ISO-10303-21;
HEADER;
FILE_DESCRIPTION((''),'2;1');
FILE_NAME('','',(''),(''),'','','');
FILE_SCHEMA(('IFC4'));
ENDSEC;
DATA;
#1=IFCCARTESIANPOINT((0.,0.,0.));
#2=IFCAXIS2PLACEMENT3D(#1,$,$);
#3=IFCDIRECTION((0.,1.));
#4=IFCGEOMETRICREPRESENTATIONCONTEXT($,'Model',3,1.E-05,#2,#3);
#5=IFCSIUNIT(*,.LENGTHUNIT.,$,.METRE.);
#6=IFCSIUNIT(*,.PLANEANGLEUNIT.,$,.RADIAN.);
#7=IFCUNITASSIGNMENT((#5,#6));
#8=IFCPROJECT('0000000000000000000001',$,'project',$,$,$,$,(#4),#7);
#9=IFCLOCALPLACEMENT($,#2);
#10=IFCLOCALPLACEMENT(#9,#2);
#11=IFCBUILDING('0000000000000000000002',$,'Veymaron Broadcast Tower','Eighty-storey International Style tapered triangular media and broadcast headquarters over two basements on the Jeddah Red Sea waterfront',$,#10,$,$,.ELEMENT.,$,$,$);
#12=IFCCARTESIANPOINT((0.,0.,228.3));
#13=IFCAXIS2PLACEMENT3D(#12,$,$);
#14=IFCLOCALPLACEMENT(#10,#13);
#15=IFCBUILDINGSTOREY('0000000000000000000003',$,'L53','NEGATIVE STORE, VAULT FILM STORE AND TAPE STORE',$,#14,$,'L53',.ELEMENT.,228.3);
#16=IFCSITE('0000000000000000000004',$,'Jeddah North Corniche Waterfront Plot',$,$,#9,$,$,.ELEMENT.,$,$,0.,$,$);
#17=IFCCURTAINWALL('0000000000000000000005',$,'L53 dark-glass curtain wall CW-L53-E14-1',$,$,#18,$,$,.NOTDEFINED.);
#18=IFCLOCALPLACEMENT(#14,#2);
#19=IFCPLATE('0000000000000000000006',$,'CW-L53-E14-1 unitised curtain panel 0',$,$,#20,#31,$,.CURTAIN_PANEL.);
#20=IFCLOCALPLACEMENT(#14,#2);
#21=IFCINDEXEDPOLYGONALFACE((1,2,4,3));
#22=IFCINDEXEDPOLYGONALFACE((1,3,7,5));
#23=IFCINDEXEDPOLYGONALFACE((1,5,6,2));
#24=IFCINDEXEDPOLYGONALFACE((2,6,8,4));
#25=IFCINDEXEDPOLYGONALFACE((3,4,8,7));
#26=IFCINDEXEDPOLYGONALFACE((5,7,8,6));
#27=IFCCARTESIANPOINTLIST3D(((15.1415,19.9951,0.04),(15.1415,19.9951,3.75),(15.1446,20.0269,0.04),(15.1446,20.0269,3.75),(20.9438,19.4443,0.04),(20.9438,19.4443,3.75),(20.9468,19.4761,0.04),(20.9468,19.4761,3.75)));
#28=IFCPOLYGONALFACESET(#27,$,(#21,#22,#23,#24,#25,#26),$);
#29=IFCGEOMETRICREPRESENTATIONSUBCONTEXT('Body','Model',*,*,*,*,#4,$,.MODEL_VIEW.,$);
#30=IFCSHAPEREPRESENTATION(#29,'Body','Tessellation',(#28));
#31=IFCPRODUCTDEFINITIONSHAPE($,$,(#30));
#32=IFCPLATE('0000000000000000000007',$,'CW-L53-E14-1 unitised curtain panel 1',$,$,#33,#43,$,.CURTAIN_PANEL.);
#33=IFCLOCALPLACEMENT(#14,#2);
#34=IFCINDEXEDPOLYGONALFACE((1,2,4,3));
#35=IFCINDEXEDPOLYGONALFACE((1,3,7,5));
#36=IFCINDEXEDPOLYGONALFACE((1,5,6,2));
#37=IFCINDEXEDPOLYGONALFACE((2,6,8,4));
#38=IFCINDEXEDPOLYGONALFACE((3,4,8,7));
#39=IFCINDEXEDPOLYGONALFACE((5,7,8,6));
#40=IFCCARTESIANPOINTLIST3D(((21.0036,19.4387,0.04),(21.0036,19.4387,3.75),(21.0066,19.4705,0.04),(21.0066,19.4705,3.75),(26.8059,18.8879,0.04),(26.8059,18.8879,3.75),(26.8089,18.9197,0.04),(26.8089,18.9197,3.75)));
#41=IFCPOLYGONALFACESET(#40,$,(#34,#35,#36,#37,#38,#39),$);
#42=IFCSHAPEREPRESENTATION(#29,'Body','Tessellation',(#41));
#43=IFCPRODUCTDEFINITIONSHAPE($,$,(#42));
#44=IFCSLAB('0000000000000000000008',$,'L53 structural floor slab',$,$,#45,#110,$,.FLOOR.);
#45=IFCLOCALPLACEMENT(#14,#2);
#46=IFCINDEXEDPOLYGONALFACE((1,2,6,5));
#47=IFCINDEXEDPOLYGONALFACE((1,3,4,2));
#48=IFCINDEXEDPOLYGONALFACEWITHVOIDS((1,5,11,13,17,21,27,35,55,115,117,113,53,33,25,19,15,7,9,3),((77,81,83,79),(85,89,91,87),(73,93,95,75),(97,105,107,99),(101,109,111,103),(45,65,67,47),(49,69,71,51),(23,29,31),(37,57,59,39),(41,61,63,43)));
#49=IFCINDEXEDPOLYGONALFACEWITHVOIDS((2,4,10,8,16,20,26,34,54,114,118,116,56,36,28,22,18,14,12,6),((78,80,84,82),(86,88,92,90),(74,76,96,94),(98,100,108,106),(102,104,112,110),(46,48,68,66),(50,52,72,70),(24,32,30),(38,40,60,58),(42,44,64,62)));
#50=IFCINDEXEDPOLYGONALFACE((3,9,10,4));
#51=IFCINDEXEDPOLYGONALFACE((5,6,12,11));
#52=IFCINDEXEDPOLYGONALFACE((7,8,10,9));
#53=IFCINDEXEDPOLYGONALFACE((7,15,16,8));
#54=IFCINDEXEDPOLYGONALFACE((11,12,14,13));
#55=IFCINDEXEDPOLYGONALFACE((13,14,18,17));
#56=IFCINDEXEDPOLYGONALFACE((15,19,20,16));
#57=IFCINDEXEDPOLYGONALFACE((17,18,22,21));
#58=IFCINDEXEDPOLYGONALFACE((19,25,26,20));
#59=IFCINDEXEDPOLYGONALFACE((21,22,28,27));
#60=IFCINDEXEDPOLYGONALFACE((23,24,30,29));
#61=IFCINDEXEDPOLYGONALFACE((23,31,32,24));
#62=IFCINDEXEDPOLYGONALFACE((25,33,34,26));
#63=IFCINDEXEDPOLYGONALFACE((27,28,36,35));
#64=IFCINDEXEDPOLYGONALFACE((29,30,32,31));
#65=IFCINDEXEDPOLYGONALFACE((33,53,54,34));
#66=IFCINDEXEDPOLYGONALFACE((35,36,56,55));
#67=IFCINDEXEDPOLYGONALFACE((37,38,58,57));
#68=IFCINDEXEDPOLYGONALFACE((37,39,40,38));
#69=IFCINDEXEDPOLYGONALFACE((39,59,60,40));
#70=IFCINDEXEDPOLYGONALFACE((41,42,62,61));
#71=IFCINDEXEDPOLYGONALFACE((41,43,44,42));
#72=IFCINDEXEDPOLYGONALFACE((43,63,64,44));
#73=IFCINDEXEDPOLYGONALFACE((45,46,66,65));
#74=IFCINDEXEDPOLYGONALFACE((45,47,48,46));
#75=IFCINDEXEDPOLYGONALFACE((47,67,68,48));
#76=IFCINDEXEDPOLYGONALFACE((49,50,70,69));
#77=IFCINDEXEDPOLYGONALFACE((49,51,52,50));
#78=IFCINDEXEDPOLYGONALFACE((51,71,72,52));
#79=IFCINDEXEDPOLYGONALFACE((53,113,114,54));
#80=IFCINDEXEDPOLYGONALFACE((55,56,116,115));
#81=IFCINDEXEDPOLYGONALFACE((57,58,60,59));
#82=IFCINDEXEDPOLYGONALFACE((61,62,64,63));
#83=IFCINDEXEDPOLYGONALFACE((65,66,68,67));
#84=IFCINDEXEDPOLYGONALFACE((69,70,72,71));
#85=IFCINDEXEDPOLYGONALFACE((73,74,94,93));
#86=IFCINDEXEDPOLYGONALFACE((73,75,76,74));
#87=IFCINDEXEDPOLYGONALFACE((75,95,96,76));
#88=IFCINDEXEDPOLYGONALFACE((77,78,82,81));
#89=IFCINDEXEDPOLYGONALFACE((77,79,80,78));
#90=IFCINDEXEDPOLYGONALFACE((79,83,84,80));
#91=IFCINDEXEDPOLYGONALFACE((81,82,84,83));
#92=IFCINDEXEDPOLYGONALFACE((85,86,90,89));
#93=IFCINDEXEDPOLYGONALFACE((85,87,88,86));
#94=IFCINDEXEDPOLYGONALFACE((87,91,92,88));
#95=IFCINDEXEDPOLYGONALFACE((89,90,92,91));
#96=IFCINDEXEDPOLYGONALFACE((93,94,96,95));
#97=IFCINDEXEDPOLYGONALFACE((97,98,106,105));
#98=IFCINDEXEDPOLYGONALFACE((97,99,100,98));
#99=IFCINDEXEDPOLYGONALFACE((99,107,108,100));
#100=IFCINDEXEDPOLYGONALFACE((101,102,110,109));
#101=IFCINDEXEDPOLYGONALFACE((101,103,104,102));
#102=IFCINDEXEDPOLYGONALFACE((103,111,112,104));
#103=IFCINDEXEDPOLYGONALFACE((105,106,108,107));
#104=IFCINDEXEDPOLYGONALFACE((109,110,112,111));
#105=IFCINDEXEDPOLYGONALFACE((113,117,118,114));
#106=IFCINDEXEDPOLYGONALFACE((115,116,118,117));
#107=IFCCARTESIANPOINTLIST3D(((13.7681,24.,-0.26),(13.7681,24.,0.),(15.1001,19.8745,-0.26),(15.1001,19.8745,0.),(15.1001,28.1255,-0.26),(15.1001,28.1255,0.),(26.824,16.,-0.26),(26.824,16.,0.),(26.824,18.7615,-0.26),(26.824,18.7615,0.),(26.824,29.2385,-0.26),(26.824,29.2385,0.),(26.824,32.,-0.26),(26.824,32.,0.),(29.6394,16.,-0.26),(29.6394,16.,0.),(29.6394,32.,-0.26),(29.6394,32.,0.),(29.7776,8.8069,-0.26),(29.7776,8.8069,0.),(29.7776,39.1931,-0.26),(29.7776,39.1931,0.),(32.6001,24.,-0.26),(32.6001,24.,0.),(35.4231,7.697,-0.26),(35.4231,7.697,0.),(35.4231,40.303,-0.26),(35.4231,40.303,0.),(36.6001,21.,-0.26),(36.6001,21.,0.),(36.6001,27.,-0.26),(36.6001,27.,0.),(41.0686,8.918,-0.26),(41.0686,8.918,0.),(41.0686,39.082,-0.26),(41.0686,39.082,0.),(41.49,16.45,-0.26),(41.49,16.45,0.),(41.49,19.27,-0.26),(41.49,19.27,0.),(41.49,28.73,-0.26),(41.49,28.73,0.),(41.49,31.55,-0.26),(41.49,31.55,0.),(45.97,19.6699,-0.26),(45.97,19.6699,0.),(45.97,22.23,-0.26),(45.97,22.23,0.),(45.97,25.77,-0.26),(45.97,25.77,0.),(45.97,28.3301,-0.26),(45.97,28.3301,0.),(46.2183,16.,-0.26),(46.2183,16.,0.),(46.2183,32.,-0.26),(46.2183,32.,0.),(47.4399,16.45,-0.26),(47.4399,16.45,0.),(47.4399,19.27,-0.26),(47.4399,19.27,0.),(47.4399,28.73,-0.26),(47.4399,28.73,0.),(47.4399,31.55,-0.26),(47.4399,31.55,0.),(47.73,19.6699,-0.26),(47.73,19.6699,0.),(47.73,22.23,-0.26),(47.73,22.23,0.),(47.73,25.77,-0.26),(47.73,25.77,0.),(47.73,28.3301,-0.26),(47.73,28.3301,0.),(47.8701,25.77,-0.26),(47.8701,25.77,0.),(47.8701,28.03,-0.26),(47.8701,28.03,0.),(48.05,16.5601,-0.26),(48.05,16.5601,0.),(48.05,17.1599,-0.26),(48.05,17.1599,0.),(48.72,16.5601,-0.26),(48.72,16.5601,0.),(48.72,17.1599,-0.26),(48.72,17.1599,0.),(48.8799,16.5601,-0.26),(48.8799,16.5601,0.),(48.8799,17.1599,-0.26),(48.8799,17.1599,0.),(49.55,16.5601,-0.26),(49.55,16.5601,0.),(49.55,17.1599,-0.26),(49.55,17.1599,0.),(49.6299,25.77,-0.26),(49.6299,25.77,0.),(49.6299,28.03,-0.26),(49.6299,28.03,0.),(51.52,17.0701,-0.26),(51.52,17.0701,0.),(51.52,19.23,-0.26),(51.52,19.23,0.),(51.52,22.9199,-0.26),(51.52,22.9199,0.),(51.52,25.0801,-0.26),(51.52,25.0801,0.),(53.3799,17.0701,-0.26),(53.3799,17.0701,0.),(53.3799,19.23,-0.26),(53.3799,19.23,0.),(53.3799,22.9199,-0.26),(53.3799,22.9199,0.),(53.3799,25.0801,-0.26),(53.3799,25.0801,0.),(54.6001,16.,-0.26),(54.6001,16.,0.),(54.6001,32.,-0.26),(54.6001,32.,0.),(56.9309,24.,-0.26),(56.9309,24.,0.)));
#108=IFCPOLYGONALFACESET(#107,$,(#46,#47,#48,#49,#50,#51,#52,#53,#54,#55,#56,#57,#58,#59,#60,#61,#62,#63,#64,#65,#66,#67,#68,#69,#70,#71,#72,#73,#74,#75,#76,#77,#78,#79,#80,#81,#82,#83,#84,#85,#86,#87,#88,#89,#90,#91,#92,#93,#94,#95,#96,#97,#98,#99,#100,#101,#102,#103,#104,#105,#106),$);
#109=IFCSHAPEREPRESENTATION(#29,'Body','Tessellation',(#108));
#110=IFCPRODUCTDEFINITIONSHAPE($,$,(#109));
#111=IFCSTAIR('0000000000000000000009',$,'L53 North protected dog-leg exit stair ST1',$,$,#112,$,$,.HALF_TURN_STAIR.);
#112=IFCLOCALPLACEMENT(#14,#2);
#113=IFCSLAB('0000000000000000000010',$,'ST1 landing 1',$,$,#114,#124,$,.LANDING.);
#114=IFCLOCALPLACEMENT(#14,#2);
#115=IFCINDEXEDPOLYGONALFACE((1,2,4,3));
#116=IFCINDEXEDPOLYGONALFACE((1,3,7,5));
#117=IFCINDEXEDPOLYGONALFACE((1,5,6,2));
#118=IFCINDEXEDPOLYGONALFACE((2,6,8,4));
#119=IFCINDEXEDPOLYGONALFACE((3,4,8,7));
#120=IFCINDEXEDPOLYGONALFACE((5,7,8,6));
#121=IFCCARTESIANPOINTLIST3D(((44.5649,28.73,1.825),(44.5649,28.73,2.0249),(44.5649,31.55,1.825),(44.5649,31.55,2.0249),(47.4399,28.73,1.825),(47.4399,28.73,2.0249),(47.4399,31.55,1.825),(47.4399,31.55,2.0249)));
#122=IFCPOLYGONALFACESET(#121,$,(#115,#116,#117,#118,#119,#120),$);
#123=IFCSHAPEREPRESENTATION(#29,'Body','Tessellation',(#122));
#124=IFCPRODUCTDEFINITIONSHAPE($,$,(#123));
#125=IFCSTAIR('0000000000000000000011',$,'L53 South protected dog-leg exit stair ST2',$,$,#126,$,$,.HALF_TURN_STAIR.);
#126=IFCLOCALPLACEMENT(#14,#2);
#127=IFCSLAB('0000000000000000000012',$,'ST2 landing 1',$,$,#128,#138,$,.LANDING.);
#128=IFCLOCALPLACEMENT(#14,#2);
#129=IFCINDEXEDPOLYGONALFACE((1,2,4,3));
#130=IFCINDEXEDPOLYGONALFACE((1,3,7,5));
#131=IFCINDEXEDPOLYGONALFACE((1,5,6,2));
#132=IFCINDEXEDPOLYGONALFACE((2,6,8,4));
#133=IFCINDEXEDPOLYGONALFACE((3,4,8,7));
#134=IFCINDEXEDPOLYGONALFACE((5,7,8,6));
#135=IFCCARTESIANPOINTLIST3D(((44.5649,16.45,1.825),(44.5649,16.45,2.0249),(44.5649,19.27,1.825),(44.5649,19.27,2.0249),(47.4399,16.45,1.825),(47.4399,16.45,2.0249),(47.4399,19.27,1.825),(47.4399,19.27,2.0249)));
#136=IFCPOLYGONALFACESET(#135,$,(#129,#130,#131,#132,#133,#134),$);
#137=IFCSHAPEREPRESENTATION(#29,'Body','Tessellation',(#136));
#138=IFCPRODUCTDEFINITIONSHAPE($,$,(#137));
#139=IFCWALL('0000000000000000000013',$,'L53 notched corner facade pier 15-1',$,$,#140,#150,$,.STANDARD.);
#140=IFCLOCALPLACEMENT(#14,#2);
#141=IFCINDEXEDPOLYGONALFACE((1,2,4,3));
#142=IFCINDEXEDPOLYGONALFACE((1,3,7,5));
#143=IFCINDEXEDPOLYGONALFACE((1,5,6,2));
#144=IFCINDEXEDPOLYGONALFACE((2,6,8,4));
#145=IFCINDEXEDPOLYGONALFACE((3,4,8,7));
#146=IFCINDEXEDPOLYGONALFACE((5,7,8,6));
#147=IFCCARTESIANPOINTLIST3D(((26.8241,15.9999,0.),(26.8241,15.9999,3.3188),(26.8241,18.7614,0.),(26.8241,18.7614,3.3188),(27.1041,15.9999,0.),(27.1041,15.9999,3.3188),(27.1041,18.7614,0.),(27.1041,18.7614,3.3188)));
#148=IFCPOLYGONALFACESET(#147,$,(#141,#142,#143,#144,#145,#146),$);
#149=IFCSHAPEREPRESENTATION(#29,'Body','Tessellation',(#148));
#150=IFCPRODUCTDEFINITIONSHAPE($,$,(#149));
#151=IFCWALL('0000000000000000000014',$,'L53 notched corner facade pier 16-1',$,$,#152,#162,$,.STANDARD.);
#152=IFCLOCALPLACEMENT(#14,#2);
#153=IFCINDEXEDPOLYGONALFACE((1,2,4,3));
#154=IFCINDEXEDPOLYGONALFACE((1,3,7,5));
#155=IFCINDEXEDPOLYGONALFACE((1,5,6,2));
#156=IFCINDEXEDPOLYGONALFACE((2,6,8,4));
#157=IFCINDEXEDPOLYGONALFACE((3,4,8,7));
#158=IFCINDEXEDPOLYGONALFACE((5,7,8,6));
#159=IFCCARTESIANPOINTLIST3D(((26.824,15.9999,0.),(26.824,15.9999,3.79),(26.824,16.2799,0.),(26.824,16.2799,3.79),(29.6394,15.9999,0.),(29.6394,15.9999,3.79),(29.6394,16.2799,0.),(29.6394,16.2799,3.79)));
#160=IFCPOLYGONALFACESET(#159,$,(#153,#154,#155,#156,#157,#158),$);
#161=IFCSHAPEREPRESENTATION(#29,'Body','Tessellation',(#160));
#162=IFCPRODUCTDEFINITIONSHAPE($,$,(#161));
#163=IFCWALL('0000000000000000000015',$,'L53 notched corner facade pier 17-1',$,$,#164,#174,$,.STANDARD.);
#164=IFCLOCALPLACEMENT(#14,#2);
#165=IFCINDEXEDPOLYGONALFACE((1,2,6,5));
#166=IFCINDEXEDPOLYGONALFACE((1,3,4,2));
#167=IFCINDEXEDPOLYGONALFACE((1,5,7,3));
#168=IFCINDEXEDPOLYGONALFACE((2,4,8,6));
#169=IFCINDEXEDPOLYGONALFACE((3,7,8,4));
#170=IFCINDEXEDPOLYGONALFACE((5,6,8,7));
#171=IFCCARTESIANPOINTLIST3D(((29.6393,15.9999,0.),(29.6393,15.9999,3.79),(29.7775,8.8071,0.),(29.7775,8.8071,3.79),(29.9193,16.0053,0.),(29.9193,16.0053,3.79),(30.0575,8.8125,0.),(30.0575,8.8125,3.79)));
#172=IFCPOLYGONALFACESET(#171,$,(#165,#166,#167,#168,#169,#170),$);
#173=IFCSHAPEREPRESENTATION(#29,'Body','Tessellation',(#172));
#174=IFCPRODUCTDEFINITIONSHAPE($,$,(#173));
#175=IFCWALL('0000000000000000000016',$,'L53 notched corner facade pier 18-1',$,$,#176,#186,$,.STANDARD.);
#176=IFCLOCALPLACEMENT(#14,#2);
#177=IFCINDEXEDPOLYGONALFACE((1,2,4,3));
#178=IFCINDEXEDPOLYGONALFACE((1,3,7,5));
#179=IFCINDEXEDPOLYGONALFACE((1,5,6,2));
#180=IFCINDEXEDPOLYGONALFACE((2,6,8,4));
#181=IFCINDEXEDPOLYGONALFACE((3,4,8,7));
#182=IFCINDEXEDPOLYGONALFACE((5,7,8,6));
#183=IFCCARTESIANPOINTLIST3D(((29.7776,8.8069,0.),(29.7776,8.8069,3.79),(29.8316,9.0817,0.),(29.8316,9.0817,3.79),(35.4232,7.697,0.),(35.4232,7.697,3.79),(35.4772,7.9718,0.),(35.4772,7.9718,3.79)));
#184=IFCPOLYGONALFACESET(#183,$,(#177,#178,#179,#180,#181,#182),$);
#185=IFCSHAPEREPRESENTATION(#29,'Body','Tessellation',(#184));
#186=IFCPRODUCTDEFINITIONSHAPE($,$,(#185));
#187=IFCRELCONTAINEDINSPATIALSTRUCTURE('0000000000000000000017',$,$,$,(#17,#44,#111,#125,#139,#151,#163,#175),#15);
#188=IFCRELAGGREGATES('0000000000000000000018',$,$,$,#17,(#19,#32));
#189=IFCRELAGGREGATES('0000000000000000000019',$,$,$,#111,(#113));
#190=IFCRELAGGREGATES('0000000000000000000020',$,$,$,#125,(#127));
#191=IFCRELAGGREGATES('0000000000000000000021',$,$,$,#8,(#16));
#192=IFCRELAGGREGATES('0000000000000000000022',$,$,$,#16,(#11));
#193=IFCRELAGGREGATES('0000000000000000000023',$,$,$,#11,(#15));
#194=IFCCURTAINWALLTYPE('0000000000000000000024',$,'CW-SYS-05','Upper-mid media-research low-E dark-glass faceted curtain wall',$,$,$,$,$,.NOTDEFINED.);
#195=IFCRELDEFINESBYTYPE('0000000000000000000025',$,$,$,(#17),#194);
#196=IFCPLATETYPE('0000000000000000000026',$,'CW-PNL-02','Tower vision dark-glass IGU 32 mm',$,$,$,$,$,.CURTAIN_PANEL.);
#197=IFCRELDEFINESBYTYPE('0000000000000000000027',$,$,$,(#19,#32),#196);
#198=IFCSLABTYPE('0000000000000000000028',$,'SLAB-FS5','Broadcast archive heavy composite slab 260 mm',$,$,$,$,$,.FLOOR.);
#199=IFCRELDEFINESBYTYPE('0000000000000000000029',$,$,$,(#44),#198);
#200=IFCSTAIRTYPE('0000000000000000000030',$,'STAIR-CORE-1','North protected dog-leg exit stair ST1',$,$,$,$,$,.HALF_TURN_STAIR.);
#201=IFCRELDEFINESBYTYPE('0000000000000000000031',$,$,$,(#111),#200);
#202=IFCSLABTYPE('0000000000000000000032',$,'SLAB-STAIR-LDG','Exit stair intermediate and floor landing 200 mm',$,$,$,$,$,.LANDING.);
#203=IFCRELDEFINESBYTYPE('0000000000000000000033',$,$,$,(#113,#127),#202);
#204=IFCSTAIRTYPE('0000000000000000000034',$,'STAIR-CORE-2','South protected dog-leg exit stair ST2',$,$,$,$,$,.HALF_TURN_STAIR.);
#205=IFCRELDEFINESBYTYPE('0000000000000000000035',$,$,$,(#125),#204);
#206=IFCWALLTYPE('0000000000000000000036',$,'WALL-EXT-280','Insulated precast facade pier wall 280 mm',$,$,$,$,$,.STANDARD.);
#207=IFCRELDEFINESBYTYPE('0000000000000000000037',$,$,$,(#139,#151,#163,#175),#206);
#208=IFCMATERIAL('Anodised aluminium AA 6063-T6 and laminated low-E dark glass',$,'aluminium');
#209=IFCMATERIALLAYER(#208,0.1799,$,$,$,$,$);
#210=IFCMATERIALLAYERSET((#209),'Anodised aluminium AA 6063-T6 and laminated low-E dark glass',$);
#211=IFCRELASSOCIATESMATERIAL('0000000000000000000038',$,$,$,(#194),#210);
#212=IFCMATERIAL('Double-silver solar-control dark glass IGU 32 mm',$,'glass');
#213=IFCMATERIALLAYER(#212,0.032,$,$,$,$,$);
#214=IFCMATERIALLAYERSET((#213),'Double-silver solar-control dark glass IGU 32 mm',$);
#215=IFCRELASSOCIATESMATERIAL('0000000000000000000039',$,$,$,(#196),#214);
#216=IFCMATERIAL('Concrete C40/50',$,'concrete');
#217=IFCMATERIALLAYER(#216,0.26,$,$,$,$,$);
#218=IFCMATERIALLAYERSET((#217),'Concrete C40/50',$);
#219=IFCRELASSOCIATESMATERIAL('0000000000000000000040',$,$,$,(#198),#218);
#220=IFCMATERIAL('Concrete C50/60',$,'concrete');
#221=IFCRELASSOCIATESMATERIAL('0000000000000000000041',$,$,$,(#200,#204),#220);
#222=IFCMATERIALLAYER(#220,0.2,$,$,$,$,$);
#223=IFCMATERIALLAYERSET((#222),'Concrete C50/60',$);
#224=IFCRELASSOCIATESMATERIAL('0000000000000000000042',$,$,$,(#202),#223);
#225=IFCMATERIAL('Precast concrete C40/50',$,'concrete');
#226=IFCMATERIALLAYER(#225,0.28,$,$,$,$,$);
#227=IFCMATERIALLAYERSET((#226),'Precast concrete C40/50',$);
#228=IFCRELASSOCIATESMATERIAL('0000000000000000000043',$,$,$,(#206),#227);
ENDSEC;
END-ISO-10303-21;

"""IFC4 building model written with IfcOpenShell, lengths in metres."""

from ifc_helpers import new_model, si_unit, direction, frame, frame_2d, origin, origin_2d, place, context, subcontext, project, spatial, polyline, rectangle, outline, extrude, material, layer, layer_set, type_object, element, aggregate, save


model = new_model("IFC4")

# Units and contexts
model_context = context("Model", 3, precision=1e-05, world=origin(), true_north=direction((0.0, 1.0)))
body_context = subcontext(model_context, "Body", "Model", "MODEL_VIEW")
ifc_project = project(units=[si_unit("LENGTHUNIT", "METRE"), si_unit("PLANEANGLEUNIT", "RADIAN")], contexts=[model_context])

# Site, building, storey
site_placement = place(None, origin())
site = spatial("IfcSite", under=ifc_project, at=site_placement, Name="Jeddah North Corniche Waterfront Plot", CompositionType="ELEMENT", RefElevation=0.0)
building_placement = place(site_placement, origin())
building = spatial("IfcBuilding", under=site, at=building_placement, Name="Veymaron Broadcast Tower", Description="Eighty-storey International Style tapered triangular media and broadcast headquarters over two basements on the Jeddah Red Sea waterfront", CompositionType="ELEMENT")
storey_placement = place(building_placement, frame((0.0, 0.0, 228.3)))
storey = spatial("IfcBuildingStorey", under=building, at=storey_placement, Name="L53", Description="NEGATIVE STORE, VAULT FILM STORE AND TAPE STORE", LongName="L53", CompositionType="ELEMENT", Elevation=228.3)

# Curtain wall, plates
ifc_material_1 = material(Name="Anodised aluminium AA 6063-T6 and laminated low-E dark glass", Category="aluminium")
ifc_layer_1 = layer(ifc_material_1, 0.1799)
ifc_layer_set_1 = layer_set([ifc_layer_1], Name="Anodised aluminium AA 6063-T6 and laminated low-E dark glass")
curtain_wall_type = type_object("IfcCurtainWallType", Name="CW-SYS-05", Description="Upper-mid media-research low-E dark-glass faceted curtain wall", PredefinedType="NOTDEFINED", material=ifc_layer_set_1)
curtain_wall_placement = place(storey_placement, origin())
curtain_wall = element("IfcCurtainWall", 1, at=curtain_wall_placement, inside=storey, type_object=curtain_wall_type, Name="L53 dark-glass curtain wall CW-L53-E14-1", PredefinedType="NOTDEFINED")
ifc_material_2 = material(Name="Double-silver solar-control dark glass IGU 32 mm", Category="glass")
ifc_layer_2 = layer(ifc_material_2, 0.032)
ifc_layer_set_2 = layer_set([ifc_layer_2], Name="Double-silver solar-control dark glass IGU 32 mm")
plate_type = type_object("IfcPlateType", Name="CW-PNL-02", Description="Tower vision dark-glass IGU 32 mm", PredefinedType="CURTAIN_PANEL", material=ifc_layer_set_2)
plate_1_placement = place(storey_placement, frame((18.0442, 19.7356, 0.04), z_axis=(0.0, 0.0, 1.0), x_axis=(0.995524, -0.094508, 0.0)))
plate_1 = element("IfcPlate", 2, at=plate_1_placement, type_object=plate_type, Name="CW-L53-E14-1 unitised curtain panel 0", PredefinedType="CURTAIN_PANEL", context=body_context, shape_type="SweptSolid", body=[
    extrude(rectangle(XDim=5.8284, YDim=0.032, at=origin_2d()), origin(), (0.0, 0.0, 1.0), 3.71),
])
plate_2_placement = place(storey_placement, frame((23.9062, 19.1792, 0.04), z_axis=(0.0, 0.0, 1.0), x_axis=(0.995524, -0.094508, 0.0)))
plate_2 = element("IfcPlate", 3, at=plate_2_placement, type_object=plate_type, Name="CW-L53-E14-1 unitised curtain panel 1", PredefinedType="CURTAIN_PANEL", context=body_context, shape_type="SweptSolid", body=[
    extrude(rectangle(XDim=5.8284, YDim=0.032, at=origin_2d()), origin(), (0.0, 0.0, 1.0), 3.71),
])
aggregate(curtain_wall, [plate_1, plate_2])

# Slab
ifc_material_3 = material(Name="Concrete C40/50", Category="concrete")
ifc_layer_3 = layer(ifc_material_3, 0.26)
ifc_layer_set_3 = layer_set([ifc_layer_3], Name="Concrete C40/50")
slab_type_1 = type_object("IfcSlabType", Name="SLAB-FS5", Description="Broadcast archive heavy composite slab 260 mm", PredefinedType="FLOOR", material=ifc_layer_set_3)
slab_1_placement = place(storey_placement, frame((0.0, 0.0, -0.26)))
element("IfcSlab", 4, at=slab_1_placement, inside=storey, type_object=slab_type_1, Name="L53 structural floor slab", PredefinedType="FLOOR", context=body_context, shape_type="SweptSolid", body=[
    extrude(outline(polyline([(46.2183, 16.0), (54.6001, 16.0), (56.9309, 24.0), (54.6001, 32.0), (46.2183, 32.0), (41.0686, 39.082), (35.4231, 40.303), (29.7776, 39.1931), (29.6394, 32.0), (26.824, 32.0), (26.824, 29.2385), (15.1001, 28.1255), (13.7681, 24.0), (15.1001, 19.8745), (26.824, 18.7615), (26.824, 16.0), (29.6394, 16.0), (29.7776, 8.8069), (35.4231, 7.697), (41.0686, 8.918), (46.2183, 16.0)]), holes=[polyline([(45.97, 28.3301), (47.73, 28.3301), (47.73, 25.77), (45.97, 25.77), (45.97, 28.3301)]), polyline([(45.97, 22.23), (47.73, 22.23), (47.73, 19.6699), (45.97, 19.6699), (45.97, 22.23)]), polyline([(47.8701, 28.03), (49.6299, 28.03), (49.6299, 25.77), (47.8701, 25.77), (47.8701, 28.03)]), polyline([(51.52, 25.0801), (53.3799, 25.0801), (53.3799, 22.9199), (51.52, 22.9199), (51.52, 25.0801)]), polyline([(51.52, 19.23), (53.3799, 19.23), (53.3799, 17.0701), (51.52, 17.0701), (51.52, 19.23)]), polyline([(48.05, 17.1599), (48.72, 17.1599), (48.72, 16.5601), (48.05, 16.5601), (48.05, 17.1599)]), polyline([(48.8799, 17.1599), (49.55, 17.1599), (49.55, 16.5601), (48.8799, 16.5601), (48.8799, 17.1599)]), polyline([(36.6001, 27.0), (36.6001, 21.0), (32.6001, 24.0), (36.6001, 27.0)]), polyline([(41.49, 31.55), (47.4399, 31.55), (47.4399, 28.73), (41.49, 28.73), (41.49, 31.55)]), polyline([(41.49, 19.27), (47.4399, 19.27), (47.4399, 16.45), (41.49, 16.45), (41.49, 19.27)])]), origin(), (0.0, 0.0, 1.0), 0.26),
])

# Stairs, slabs
ifc_material_4 = material(Name="Concrete C50/60", Category="concrete")
stair_type_1 = type_object("IfcStairType", Name="STAIR-CORE-1", Description="North protected dog-leg exit stair ST1", PredefinedType="HALF_TURN_STAIR", material=ifc_material_4)
stair_1_placement = place(storey_placement, origin())
stair_1 = element("IfcStair", 5, at=stair_1_placement, inside=storey, type_object=stair_type_1, Name="L53 North protected dog-leg exit stair ST1", PredefinedType="HALF_TURN_STAIR")
ifc_layer_4 = layer(ifc_material_4, 0.2)
ifc_layer_set_4 = layer_set([ifc_layer_4], Name="Concrete C50/60")
slab_type_2 = type_object("IfcSlabType", Name="SLAB-STAIR-LDG", Description="Exit stair intermediate and floor landing 200 mm", PredefinedType="LANDING", material=ifc_layer_set_4)
slab_2_placement = place(storey_placement, frame((0.0, 0.0, 1.825)))
slab_2 = element("IfcSlab", 6, at=slab_2_placement, type_object=slab_type_2, Name="ST1 landing 1", PredefinedType="LANDING", context=body_context, shape_type="SweptSolid", body=[
    extrude(outline(polyline([(44.5649, 28.73), (47.4399, 28.73), (47.4399, 31.55), (44.5649, 31.55), (44.5649, 28.73)])), origin(), (0.0, 0.0, 1.0), 0.2),
])
aggregate(stair_1, [slab_2])
stair_type_2 = type_object("IfcStairType", Name="STAIR-CORE-2", Description="South protected dog-leg exit stair ST2", PredefinedType="HALF_TURN_STAIR", material=ifc_material_4)
stair_2_placement = place(storey_placement, origin())
stair_2 = element("IfcStair", 7, at=stair_2_placement, inside=storey, type_object=stair_type_2, Name="L53 South protected dog-leg exit stair ST2", PredefinedType="HALF_TURN_STAIR")
slab_3_placement = place(storey_placement, frame((0.0, 0.0, 1.825)))
slab_3 = element("IfcSlab", 8, at=slab_3_placement, type_object=slab_type_2, Name="ST2 landing 1", PredefinedType="LANDING", context=body_context, shape_type="SweptSolid", body=[
    extrude(outline(polyline([(44.5649, 16.45), (47.4399, 16.45), (47.4399, 19.27), (44.5649, 19.27), (44.5649, 16.45)])), origin(), (0.0, 0.0, 1.0), 0.2),
])
aggregate(stair_2, [slab_3])

# Walls
ifc_material_5 = material(Name="Precast concrete C40/50", Category="concrete")
ifc_layer_5 = layer(ifc_material_5, 0.28)
ifc_layer_set_5 = layer_set([ifc_layer_5], Name="Precast concrete C40/50")
wall_type_1 = type_object("IfcWallType", Name="WALL-EXT-280", Description="Insulated precast facade pier wall 280 mm", PredefinedType="STANDARD", material=ifc_layer_set_5)
wall_1_placement = place(storey_placement, frame((26.9641, 18.7615, 0.0), z_axis=(0.0, 0.0, 1.0), x_axis=(0.0, -1.0, 0.0)))
element("IfcWall", 9, at=wall_1_placement, inside=storey, type_object=wall_type_1, Name="L53 notched corner facade pier 15-1", PredefinedType="STANDARD", context=body_context, shape_type="SweptSolid", body=[
    extrude(rectangle(XDim=2.7615, YDim=0.28, at=frame_2d((1.3809, 0.0))), origin(), (0.0, 0.0, 1.0), 3.3188),
])
wall_2_placement = place(storey_placement, frame((26.824, 16.1399, 0.0), z_axis=(0.0, 0.0, 1.0), x_axis=(1.0, 0.0, 0.0)))
element("IfcWall", 10, at=wall_2_placement, inside=storey, type_object=wall_type_1, Name="L53 notched corner facade pier 16-1", PredefinedType="STANDARD", context=body_context, shape_type="SweptSolid", body=[
    extrude(rectangle(XDim=2.8154, YDim=0.28, at=frame_2d((1.4077, 0.0))), origin(), (0.0, 0.0, 1.0), 3.79),
])
wall_3_placement = place(storey_placement, frame((29.7793, 16.0027, 0.0), z_axis=(0.0, 0.0, 1.0), x_axis=(0.019208, -0.999816, 0.0)))
element("IfcWall", 11, at=wall_3_placement, inside=storey, type_object=wall_type_1, Name="L53 notched corner facade pier 17-1", PredefinedType="STANDARD", context=body_context, shape_type="SweptSolid", body=[
    extrude(rectangle(XDim=7.1941, YDim=0.28, at=frame_2d((3.5972, 0.0))), origin(), (0.0, 0.0, 1.0), 3.79),
])
wall_4_placement = place(storey_placement, frame((29.8044, 8.9443, 0.0), z_axis=(0.0, 0.0, 1.0), x_axis=(0.981218, -0.1929, 0.0)))
element("IfcWall", 12, at=wall_4_placement, inside=storey, type_object=wall_type_1, Name="L53 notched corner facade pier 18-1", PredefinedType="STANDARD", context=body_context, shape_type="SweptSolid", body=[
    extrude(rectangle(XDim=5.7537, YDim=0.28, at=frame_2d((2.877, 0.0))), origin(), (0.0, 0.0, 1.0), 3.79),
])

save(model, "model.ifc")
